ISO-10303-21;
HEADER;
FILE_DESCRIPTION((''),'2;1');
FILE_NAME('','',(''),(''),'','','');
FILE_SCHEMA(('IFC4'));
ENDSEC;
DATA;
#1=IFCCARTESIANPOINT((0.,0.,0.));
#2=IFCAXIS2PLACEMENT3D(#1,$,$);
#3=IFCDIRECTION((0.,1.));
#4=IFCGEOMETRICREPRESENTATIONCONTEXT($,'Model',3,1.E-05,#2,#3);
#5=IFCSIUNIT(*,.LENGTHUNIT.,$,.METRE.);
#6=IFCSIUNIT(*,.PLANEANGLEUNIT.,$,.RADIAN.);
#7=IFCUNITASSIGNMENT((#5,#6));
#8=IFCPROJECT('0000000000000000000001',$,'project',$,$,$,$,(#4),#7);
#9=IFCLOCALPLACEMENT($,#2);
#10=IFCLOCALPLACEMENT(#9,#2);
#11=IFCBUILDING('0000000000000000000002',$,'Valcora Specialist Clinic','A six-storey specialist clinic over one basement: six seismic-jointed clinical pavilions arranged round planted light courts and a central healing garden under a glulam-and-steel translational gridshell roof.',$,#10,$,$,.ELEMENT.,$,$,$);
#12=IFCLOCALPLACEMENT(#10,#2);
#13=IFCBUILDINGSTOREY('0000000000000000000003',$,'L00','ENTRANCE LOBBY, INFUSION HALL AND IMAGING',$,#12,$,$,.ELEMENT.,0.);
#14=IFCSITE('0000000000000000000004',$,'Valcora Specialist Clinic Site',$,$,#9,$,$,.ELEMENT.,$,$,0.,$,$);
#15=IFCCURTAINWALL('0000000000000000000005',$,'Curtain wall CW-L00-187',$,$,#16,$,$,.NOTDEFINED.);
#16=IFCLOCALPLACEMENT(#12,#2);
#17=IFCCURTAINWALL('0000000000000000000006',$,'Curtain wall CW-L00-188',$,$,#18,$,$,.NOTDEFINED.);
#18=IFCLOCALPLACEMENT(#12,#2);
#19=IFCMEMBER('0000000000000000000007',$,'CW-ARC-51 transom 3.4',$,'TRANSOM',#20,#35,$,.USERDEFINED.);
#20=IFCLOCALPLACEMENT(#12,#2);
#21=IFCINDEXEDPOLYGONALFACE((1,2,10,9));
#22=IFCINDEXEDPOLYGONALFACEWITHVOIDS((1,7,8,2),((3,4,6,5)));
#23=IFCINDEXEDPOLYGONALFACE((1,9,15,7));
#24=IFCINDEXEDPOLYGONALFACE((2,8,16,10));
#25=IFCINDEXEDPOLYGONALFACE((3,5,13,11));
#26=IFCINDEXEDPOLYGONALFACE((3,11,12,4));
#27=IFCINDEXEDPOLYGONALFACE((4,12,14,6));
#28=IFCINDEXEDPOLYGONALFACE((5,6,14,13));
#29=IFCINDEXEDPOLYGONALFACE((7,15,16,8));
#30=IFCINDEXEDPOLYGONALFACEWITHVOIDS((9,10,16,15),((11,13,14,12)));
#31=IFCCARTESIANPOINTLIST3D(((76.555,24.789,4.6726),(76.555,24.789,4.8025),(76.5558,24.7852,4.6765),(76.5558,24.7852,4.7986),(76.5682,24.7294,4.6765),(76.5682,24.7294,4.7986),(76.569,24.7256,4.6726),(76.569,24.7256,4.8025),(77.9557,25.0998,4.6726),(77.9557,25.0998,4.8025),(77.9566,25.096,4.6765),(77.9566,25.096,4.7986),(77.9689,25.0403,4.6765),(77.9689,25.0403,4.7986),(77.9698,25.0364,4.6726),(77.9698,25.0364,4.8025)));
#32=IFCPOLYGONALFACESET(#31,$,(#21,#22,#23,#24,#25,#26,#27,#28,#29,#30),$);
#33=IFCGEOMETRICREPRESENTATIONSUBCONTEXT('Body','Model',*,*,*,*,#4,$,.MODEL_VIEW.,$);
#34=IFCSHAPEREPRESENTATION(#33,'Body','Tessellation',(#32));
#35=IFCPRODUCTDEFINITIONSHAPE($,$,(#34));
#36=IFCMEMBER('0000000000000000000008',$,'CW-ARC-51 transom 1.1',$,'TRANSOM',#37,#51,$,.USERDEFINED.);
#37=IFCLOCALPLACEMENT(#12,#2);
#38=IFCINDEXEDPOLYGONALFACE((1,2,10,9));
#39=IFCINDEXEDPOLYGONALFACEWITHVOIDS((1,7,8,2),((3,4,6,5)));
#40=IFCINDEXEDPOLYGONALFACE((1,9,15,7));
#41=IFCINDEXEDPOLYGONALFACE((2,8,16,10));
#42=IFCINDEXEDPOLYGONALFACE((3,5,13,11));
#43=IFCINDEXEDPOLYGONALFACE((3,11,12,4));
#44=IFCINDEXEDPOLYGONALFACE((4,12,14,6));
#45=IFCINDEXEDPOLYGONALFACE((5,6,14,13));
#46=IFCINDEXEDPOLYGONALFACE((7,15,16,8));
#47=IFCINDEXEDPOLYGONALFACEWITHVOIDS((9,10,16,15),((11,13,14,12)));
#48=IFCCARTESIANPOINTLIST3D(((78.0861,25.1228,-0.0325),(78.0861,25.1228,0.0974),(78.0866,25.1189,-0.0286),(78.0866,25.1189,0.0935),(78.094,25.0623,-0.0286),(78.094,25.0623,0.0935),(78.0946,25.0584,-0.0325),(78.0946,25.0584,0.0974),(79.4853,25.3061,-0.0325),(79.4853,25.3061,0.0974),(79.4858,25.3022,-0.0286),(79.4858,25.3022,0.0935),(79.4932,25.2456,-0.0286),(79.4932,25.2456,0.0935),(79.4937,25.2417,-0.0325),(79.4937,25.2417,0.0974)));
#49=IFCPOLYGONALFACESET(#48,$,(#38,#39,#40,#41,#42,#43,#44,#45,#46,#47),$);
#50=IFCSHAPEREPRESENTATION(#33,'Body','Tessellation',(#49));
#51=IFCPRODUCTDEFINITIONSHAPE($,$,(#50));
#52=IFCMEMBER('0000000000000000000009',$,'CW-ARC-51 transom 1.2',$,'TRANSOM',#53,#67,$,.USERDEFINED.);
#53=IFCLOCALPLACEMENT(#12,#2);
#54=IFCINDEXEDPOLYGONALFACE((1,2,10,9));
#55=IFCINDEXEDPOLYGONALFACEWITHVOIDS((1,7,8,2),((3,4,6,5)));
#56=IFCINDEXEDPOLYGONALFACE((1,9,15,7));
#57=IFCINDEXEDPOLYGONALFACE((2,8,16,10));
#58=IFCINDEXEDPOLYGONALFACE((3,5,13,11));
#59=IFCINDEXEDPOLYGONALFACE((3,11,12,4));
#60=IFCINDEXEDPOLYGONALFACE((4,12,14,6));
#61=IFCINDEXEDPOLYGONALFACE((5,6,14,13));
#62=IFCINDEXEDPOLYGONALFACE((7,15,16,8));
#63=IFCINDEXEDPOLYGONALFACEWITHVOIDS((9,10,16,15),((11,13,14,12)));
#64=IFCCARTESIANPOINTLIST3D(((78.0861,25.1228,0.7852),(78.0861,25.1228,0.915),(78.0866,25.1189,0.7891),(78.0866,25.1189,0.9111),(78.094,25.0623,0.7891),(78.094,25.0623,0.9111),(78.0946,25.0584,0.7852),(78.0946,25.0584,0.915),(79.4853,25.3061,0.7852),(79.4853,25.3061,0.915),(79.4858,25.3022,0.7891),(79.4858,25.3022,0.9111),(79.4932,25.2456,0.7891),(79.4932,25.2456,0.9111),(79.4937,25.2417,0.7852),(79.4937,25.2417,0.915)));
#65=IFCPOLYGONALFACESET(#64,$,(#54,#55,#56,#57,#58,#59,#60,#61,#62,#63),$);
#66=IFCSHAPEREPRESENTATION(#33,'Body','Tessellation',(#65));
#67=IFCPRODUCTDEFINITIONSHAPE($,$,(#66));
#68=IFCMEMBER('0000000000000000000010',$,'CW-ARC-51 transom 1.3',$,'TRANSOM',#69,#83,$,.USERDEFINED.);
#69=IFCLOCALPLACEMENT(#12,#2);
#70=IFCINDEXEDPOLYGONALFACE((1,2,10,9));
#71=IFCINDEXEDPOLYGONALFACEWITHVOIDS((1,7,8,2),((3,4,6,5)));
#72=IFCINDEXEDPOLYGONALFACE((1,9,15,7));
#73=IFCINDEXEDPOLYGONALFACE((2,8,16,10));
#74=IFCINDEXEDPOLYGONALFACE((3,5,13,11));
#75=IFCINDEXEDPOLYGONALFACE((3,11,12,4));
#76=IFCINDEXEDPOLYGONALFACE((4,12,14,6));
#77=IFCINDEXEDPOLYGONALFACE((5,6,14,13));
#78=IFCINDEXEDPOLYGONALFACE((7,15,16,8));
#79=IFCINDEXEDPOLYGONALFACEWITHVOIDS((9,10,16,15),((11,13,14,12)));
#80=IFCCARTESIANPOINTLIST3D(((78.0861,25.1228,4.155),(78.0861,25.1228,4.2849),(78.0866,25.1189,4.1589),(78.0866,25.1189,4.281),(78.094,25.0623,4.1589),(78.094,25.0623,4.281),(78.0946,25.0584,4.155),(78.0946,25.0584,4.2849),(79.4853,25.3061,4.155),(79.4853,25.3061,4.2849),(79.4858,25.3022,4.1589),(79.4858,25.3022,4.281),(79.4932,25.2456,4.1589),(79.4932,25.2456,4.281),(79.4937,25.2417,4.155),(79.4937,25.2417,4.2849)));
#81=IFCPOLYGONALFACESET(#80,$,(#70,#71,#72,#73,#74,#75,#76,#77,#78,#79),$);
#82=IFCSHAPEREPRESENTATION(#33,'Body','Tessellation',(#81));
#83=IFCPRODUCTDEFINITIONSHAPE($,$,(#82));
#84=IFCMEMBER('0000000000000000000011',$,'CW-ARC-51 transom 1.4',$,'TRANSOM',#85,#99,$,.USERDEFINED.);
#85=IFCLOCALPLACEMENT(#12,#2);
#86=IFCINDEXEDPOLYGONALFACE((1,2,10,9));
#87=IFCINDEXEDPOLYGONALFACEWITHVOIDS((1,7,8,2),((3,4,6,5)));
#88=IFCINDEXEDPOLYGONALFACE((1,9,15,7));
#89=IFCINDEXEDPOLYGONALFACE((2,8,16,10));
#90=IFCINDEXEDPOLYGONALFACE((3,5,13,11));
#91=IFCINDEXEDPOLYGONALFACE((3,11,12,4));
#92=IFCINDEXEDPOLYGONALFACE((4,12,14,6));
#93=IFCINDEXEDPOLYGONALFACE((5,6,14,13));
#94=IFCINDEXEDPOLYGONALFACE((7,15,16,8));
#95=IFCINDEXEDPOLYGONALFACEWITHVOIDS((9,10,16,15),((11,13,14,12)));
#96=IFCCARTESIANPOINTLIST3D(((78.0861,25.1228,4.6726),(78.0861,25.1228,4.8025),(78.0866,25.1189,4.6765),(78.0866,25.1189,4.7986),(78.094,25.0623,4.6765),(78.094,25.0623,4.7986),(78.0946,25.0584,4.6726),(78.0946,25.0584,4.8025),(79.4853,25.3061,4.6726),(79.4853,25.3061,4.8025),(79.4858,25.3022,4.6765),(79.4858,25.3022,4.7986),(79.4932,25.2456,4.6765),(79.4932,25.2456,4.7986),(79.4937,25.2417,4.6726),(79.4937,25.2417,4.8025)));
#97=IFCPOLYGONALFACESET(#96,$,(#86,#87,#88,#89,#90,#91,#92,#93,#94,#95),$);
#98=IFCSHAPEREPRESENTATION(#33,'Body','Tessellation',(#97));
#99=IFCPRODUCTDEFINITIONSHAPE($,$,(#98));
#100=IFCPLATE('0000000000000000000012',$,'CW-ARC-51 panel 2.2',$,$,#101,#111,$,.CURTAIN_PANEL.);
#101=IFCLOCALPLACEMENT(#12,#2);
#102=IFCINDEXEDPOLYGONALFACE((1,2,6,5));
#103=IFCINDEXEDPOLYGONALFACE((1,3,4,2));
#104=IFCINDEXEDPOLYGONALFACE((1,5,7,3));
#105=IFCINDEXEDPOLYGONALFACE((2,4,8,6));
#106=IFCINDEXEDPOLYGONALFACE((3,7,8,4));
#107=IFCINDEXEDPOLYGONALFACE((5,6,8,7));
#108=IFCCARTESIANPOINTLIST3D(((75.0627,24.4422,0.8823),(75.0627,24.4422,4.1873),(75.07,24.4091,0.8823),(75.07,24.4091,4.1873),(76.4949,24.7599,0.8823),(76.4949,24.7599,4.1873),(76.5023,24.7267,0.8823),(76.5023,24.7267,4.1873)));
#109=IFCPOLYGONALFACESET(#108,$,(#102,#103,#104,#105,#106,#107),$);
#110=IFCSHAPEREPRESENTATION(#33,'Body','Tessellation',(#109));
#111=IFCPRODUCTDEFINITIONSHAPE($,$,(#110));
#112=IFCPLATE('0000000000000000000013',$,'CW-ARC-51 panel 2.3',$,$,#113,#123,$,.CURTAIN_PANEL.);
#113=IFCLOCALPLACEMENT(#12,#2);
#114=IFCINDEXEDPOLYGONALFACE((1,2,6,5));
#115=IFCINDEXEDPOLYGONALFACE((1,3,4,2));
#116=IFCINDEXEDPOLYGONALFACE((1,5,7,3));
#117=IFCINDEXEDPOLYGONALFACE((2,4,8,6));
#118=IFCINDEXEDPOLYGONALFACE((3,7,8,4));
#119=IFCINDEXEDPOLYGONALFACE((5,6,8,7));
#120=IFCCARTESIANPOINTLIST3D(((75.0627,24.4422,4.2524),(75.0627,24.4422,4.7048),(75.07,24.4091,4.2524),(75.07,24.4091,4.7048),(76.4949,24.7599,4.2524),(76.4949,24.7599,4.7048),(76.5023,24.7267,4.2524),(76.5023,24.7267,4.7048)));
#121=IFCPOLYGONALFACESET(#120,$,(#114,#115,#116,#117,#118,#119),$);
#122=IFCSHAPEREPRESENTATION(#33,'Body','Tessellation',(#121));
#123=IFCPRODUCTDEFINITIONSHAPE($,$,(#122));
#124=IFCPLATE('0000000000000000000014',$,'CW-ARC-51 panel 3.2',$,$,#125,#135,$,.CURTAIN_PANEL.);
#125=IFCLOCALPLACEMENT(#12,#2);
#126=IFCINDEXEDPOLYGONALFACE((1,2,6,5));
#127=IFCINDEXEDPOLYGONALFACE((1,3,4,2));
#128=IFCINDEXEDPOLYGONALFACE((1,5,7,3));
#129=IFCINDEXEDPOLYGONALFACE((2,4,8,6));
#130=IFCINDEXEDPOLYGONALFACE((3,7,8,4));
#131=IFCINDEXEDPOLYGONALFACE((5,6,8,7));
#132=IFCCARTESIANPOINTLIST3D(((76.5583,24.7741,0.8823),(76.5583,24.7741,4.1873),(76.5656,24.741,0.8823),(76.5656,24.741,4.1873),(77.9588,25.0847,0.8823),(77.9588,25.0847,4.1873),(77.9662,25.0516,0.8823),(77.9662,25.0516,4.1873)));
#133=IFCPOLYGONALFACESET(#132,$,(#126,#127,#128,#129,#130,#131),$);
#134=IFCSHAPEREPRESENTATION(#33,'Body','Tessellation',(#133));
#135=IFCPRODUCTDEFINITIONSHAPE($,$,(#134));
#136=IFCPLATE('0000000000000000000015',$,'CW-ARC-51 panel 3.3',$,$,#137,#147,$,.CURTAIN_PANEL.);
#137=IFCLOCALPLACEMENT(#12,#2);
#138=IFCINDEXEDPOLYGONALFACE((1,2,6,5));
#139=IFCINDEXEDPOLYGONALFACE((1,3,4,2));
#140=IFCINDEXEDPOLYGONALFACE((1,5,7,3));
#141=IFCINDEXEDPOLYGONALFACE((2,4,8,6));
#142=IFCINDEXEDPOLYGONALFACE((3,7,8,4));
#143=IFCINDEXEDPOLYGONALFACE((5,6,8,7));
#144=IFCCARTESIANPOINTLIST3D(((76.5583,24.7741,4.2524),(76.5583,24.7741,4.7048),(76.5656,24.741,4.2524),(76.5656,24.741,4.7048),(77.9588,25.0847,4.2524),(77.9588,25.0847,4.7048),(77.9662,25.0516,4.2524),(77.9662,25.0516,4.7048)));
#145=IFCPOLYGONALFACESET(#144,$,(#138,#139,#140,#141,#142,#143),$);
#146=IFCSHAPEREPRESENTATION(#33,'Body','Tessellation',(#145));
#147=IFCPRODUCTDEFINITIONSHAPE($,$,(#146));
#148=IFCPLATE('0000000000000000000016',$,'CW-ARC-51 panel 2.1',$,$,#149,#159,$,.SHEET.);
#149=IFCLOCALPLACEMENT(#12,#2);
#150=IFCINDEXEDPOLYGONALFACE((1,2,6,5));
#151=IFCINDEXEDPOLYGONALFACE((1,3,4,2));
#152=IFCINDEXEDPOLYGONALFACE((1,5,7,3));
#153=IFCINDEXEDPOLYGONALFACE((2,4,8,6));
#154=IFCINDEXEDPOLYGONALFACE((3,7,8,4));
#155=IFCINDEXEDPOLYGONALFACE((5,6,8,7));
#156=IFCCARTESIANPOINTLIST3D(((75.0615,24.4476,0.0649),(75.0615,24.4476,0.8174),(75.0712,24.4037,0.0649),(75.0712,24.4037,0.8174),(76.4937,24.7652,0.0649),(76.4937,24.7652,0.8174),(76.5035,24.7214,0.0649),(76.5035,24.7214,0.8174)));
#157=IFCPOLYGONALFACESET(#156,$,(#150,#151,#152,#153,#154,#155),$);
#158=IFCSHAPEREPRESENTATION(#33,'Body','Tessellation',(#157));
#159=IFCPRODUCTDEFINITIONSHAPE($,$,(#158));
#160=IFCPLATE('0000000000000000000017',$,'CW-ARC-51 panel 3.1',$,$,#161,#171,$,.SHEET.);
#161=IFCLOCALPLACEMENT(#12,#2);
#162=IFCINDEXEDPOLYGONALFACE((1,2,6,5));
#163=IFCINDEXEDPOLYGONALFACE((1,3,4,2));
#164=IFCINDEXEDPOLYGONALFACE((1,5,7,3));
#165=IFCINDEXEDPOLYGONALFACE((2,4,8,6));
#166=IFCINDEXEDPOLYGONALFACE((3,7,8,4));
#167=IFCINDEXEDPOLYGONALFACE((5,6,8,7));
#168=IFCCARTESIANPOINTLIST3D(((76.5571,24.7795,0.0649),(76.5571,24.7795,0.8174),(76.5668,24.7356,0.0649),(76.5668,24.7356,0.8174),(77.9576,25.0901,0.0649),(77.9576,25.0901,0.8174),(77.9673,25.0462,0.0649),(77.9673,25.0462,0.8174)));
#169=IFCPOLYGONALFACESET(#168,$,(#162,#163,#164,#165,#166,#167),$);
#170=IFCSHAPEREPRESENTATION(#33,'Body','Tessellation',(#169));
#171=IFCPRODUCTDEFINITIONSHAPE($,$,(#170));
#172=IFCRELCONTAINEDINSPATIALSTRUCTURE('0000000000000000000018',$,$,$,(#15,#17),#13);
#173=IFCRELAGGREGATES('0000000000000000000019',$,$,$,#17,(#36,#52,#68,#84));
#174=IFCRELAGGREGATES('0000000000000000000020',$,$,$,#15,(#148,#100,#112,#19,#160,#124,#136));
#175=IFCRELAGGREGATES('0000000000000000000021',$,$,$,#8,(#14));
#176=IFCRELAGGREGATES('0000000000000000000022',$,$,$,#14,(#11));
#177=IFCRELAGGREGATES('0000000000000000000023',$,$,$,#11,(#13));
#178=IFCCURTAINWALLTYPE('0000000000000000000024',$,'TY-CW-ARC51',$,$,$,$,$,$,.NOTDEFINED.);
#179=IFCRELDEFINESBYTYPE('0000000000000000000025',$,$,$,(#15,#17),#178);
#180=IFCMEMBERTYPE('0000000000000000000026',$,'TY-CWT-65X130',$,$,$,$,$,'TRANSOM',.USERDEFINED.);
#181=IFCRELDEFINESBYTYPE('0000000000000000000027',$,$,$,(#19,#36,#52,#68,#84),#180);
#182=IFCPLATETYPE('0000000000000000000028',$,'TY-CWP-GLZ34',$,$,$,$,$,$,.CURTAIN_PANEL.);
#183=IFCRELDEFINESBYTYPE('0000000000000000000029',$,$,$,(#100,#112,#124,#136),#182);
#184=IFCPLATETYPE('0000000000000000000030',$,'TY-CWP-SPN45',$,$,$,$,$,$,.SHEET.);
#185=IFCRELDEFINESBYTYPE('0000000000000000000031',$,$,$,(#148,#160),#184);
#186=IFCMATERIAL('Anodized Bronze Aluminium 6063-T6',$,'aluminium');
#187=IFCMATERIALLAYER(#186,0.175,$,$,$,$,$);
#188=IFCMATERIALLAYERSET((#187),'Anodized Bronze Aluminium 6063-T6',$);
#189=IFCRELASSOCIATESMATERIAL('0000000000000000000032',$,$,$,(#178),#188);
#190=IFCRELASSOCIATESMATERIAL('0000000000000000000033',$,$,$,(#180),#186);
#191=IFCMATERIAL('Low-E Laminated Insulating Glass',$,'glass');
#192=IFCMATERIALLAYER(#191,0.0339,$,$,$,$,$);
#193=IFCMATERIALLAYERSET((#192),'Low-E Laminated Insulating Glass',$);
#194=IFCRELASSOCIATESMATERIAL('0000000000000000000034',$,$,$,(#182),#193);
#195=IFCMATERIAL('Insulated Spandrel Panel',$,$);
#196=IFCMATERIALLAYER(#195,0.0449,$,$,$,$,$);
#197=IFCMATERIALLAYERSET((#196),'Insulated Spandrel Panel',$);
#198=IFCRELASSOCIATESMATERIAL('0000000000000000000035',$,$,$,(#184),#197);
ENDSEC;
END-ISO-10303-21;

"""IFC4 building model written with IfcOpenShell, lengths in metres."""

from ifc_helpers import new_model, si_unit, direction, frame, origin, origin_2d, place, context, subcontext, project, spatial, rectangle, hollow_rectangle, extrude, material, layer, layer_set, material_profile, profile_set, type_object, element, aggregate, save


model = new_model("IFC4")

# Units and contexts
model_context = context("Model", 3, precision=1e-05, world=origin(), true_north=direction((0.0, 1.0)))
body_context = subcontext(model_context, "Body", "Model", "MODEL_VIEW")
ifc_project = project(units=[si_unit("LENGTHUNIT", "METRE"), si_unit("PLANEANGLEUNIT", "RADIAN")], contexts=[model_context])

# Site, building, storey
site_placement = place(None, origin())
site = spatial("IfcSite", under=ifc_project, at=site_placement, Name="Valcora Specialist Clinic Site", CompositionType="ELEMENT", RefElevation=0.0)
building_placement = place(site_placement, origin())
building = spatial("IfcBuilding", under=site, at=building_placement, Name="Valcora Specialist Clinic", Description="A six-storey specialist clinic over one basement: six seismic-jointed clinical pavilions arranged round planted light courts and a central healing garden under a glulam-and-steel translational gridshell roof.", CompositionType="ELEMENT")
storey_placement = place(building_placement, origin())
storey = spatial("IfcBuildingStorey", under=building, at=storey_placement, Name="L00", Description="ENTRANCE LOBBY, INFUSION HALL AND IMAGING", CompositionType="ELEMENT", Elevation=0.0)

# Curtain wall
ifc_material_1 = material(Name="Anodized Bronze Aluminium 6063-T6", Category="aluminium")
ifc_layer_1 = layer(ifc_material_1, 0.175)
ifc_layer_set_1 = layer_set([ifc_layer_1], Name="Anodized Bronze Aluminium 6063-T6")
curtain_wall_type = type_object("IfcCurtainWallType", Name="TY-CW-ARC51", PredefinedType="NOTDEFINED", material=ifc_layer_set_1)
curtain_wall_1_placement = place(storey_placement, origin())
curtain_wall_1 = element("IfcCurtainWall", 1, at=curtain_wall_1_placement, inside=storey, type_object=curtain_wall_type, Name="Curtain wall CW-L00-187", PredefinedType="NOTDEFINED")

# Curtain wall
curtain_wall_2_placement = place(storey_placement, origin())
curtain_wall_2 = element("IfcCurtainWall", 2, at=curtain_wall_2_placement, inside=storey, type_object=curtain_wall_type, Name="Curtain wall CW-L00-188", PredefinedType="NOTDEFINED")

# Members
ifc_material_profile_1 = material_profile(ifc_material_1, hollow_rectangle(XDim=0.0649, YDim=0.1299, WallThickness=0.0039, at=origin_2d()), Name="AL-TRN-65X130")
ifc_profile_set_1 = profile_set([ifc_material_profile_1], Name="Anodized Bronze Aluminium 6063-T6")
member_type_1 = type_object("IfcMemberType", Name="TY-CWT-65X130", ElementType="TRANSOM", PredefinedType="USERDEFINED", material=ifc_profile_set_1)
member_1_placement = place(storey_placement, frame((76.562, 24.7573, 4.7375), z_axis=(0.976255, 0.216624, 0.0), x_axis=(-0.216624, 0.976255, 0.0)))
member_1 = element("IfcMember", 3, at=member_1_placement, type_object=member_type_1, Name="CW-ARC-51 transom 3.4", ObjectType="TRANSOM", PredefinedType="USERDEFINED", context=body_context, shape_type="SweptSolid", body=[
    extrude(hollow_rectangle(XDim=0.0649, YDim=0.1299, WallThickness=0.0039, at=origin_2d()), origin(), (0.0, 0.0, 1.0), 1.4348),
])
member_2_placement = place(storey_placement, frame((78.0903, 25.0906, 0.0325), z_axis=(0.991523, 0.129931, 0.0), x_axis=(-0.129931, 0.991523, 0.0)))
member_2 = element("IfcMember", 4, at=member_2_placement, type_object=member_type_1, Name="CW-ARC-51 transom 1.1", ObjectType="TRANSOM", PredefinedType="USERDEFINED", context=body_context, shape_type="SweptSolid", body=[
    extrude(hollow_rectangle(XDim=0.0649, YDim=0.1299, WallThickness=0.0039, at=origin_2d()), origin(), (0.0, 0.0, 1.0), 1.4111),
])
member_3_placement = place(storey_placement, frame((78.0903, 25.0906, 0.8501), z_axis=(0.991523, 0.129931, 0.0), x_axis=(-0.129931, 0.991523, 0.0)))
member_3 = element("IfcMember", 5, at=member_3_placement, type_object=member_type_1, Name="CW-ARC-51 transom 1.2", ObjectType="TRANSOM", PredefinedType="USERDEFINED", context=body_context, shape_type="SweptSolid", body=[
    extrude(hollow_rectangle(XDim=0.0649, YDim=0.1299, WallThickness=0.0039, at=origin_2d()), origin(), (0.0, 0.0, 1.0), 1.4111),
])
member_4_placement = place(storey_placement, frame((78.0903, 25.0906, 4.22), z_axis=(0.991523, 0.129931, 0.0), x_axis=(-0.129931, 0.991523, 0.0)))
member_4 = element("IfcMember", 6, at=member_4_placement, type_object=member_type_1, Name="CW-ARC-51 transom 1.3", ObjectType="TRANSOM", PredefinedType="USERDEFINED", context=body_context, shape_type="SweptSolid", body=[
    extrude(hollow_rectangle(XDim=0.0649, YDim=0.1299, WallThickness=0.0039, at=origin_2d()), origin(), (0.0, 0.0, 1.0), 1.4111),
])
member_5_placement = place(storey_placement, frame((78.0903, 25.0906, 4.7375), z_axis=(0.991523, 0.129931, 0.0), x_axis=(-0.129931, 0.991523, 0.0)))
member_5 = element("IfcMember", 7, at=member_5_placement, type_object=member_type_1, Name="CW-ARC-51 transom 1.4", ObjectType="TRANSOM", PredefinedType="USERDEFINED", context=body_context, shape_type="SweptSolid", body=[
    extrude(hollow_rectangle(XDim=0.0649, YDim=0.1299, WallThickness=0.0039, at=origin_2d()), origin(), (0.0, 0.0, 1.0), 1.4111),
])
aggregate(curtain_wall_2, [member_2, member_3, member_4, member_5])

# Plates
ifc_material_2 = material(Name="Low-E Laminated Insulating Glass", Category="glass")
ifc_layer_2 = layer(ifc_material_2, 0.0339)
ifc_layer_set_2 = layer_set([ifc_layer_2], Name="Low-E Laminated Insulating Glass")
plate_type_1 = type_object("IfcPlateType", Name="TY-CWP-GLZ34", PredefinedType="CURTAIN_PANEL", material=ifc_layer_set_2)
plate_1_placement = place(storey_placement, frame((75.7825, 24.5845, 0.8823), z_axis=(0.0, 0.0, 1.0), x_axis=(0.976279, 0.216518, 0.0)))
plate_1 = element("IfcPlate", 8, at=plate_1_placement, type_object=plate_type_1, Name="CW-ARC-51 panel 2.2", PredefinedType="CURTAIN_PANEL", context=body_context, shape_type="SweptSolid", body=[
    extrude(rectangle(XDim=1.467, YDim=0.0339, at=origin_2d()), origin(), (0.0, 0.0, 1.0), 3.3049),
])
plate_2_placement = place(storey_placement, frame((75.7825, 24.5845, 4.2524), z_axis=(0.0, 0.0, 1.0), x_axis=(0.976279, 0.216518, 0.0)))
plate_2 = element("IfcPlate", 9, at=plate_2_placement, type_object=plate_type_1, Name="CW-ARC-51 panel 2.3", PredefinedType="CURTAIN_PANEL", context=body_context, shape_type="SweptSolid", body=[
    extrude(rectangle(XDim=1.467, YDim=0.0339, at=origin_2d()), origin(), (0.0, 0.0, 1.0), 0.4524),
])
plate_3_placement = place(storey_placement, frame((77.2622, 24.9128, 0.8823), z_axis=(0.0, 0.0, 1.0), x_axis=(0.976279, 0.216518, 0.0)))
plate_3 = element("IfcPlate", 10, at=plate_3_placement, type_object=plate_type_1, Name="CW-ARC-51 panel 3.2", PredefinedType="CURTAIN_PANEL", context=body_context, shape_type="SweptSolid", body=[
    extrude(rectangle(XDim=1.4346, YDim=0.0339, at=origin_2d()), origin(), (0.0, 0.0, 1.0), 3.3049),
])
plate_4_placement = place(storey_placement, frame((77.2622, 24.9128, 4.2524), z_axis=(0.0, 0.0, 1.0), x_axis=(0.976279, 0.216518, 0.0)))
plate_4 = element("IfcPlate", 11, at=plate_4_placement, type_object=plate_type_1, Name="CW-ARC-51 panel 3.3", PredefinedType="CURTAIN_PANEL", context=body_context, shape_type="SweptSolid", body=[
    extrude(rectangle(XDim=1.4346, YDim=0.0339, at=origin_2d()), origin(), (0.0, 0.0, 1.0), 0.4524),
])
ifc_material_3 = material(Name="Insulated Spandrel Panel")
ifc_layer_3 = layer(ifc_material_3, 0.0449)
ifc_layer_set_3 = layer_set([ifc_layer_3], Name="Insulated Spandrel Panel")
plate_type_2 = type_object("IfcPlateType", Name="TY-CWP-SPN45", PredefinedType="SHEET", material=ifc_layer_set_3)
plate_5_placement = place(storey_placement, frame((75.7825, 24.5845, 0.0649), z_axis=(0.0, 0.0, 1.0), x_axis=(0.976279, 0.216518, 0.0)))
plate_5 = element("IfcPlate", 12, at=plate_5_placement, type_object=plate_type_2, Name="CW-ARC-51 panel 2.1", PredefinedType="SHEET", context=body_context, shape_type="SweptSolid", body=[
    extrude(rectangle(XDim=1.467, YDim=0.0449, at=origin_2d()), origin(), (0.0, 0.0, 1.0), 0.7524),
])
plate_6_placement = place(storey_placement, frame((77.2622, 24.9128, 0.0649), z_axis=(0.0, 0.0, 1.0), x_axis=(0.976279, 0.216518, 0.0)))
plate_6 = element("IfcPlate", 13, at=plate_6_placement, type_object=plate_type_2, Name="CW-ARC-51 panel 3.1", PredefinedType="SHEET", context=body_context, shape_type="SweptSolid", body=[
    extrude(rectangle(XDim=1.4346, YDim=0.0449, at=origin_2d()), origin(), (0.0, 0.0, 1.0), 0.7524),
])
aggregate(curtain_wall_1, [plate_5, plate_1, plate_2, member_1, plate_6, plate_3, plate_4])

save(model, "model.ifc")
